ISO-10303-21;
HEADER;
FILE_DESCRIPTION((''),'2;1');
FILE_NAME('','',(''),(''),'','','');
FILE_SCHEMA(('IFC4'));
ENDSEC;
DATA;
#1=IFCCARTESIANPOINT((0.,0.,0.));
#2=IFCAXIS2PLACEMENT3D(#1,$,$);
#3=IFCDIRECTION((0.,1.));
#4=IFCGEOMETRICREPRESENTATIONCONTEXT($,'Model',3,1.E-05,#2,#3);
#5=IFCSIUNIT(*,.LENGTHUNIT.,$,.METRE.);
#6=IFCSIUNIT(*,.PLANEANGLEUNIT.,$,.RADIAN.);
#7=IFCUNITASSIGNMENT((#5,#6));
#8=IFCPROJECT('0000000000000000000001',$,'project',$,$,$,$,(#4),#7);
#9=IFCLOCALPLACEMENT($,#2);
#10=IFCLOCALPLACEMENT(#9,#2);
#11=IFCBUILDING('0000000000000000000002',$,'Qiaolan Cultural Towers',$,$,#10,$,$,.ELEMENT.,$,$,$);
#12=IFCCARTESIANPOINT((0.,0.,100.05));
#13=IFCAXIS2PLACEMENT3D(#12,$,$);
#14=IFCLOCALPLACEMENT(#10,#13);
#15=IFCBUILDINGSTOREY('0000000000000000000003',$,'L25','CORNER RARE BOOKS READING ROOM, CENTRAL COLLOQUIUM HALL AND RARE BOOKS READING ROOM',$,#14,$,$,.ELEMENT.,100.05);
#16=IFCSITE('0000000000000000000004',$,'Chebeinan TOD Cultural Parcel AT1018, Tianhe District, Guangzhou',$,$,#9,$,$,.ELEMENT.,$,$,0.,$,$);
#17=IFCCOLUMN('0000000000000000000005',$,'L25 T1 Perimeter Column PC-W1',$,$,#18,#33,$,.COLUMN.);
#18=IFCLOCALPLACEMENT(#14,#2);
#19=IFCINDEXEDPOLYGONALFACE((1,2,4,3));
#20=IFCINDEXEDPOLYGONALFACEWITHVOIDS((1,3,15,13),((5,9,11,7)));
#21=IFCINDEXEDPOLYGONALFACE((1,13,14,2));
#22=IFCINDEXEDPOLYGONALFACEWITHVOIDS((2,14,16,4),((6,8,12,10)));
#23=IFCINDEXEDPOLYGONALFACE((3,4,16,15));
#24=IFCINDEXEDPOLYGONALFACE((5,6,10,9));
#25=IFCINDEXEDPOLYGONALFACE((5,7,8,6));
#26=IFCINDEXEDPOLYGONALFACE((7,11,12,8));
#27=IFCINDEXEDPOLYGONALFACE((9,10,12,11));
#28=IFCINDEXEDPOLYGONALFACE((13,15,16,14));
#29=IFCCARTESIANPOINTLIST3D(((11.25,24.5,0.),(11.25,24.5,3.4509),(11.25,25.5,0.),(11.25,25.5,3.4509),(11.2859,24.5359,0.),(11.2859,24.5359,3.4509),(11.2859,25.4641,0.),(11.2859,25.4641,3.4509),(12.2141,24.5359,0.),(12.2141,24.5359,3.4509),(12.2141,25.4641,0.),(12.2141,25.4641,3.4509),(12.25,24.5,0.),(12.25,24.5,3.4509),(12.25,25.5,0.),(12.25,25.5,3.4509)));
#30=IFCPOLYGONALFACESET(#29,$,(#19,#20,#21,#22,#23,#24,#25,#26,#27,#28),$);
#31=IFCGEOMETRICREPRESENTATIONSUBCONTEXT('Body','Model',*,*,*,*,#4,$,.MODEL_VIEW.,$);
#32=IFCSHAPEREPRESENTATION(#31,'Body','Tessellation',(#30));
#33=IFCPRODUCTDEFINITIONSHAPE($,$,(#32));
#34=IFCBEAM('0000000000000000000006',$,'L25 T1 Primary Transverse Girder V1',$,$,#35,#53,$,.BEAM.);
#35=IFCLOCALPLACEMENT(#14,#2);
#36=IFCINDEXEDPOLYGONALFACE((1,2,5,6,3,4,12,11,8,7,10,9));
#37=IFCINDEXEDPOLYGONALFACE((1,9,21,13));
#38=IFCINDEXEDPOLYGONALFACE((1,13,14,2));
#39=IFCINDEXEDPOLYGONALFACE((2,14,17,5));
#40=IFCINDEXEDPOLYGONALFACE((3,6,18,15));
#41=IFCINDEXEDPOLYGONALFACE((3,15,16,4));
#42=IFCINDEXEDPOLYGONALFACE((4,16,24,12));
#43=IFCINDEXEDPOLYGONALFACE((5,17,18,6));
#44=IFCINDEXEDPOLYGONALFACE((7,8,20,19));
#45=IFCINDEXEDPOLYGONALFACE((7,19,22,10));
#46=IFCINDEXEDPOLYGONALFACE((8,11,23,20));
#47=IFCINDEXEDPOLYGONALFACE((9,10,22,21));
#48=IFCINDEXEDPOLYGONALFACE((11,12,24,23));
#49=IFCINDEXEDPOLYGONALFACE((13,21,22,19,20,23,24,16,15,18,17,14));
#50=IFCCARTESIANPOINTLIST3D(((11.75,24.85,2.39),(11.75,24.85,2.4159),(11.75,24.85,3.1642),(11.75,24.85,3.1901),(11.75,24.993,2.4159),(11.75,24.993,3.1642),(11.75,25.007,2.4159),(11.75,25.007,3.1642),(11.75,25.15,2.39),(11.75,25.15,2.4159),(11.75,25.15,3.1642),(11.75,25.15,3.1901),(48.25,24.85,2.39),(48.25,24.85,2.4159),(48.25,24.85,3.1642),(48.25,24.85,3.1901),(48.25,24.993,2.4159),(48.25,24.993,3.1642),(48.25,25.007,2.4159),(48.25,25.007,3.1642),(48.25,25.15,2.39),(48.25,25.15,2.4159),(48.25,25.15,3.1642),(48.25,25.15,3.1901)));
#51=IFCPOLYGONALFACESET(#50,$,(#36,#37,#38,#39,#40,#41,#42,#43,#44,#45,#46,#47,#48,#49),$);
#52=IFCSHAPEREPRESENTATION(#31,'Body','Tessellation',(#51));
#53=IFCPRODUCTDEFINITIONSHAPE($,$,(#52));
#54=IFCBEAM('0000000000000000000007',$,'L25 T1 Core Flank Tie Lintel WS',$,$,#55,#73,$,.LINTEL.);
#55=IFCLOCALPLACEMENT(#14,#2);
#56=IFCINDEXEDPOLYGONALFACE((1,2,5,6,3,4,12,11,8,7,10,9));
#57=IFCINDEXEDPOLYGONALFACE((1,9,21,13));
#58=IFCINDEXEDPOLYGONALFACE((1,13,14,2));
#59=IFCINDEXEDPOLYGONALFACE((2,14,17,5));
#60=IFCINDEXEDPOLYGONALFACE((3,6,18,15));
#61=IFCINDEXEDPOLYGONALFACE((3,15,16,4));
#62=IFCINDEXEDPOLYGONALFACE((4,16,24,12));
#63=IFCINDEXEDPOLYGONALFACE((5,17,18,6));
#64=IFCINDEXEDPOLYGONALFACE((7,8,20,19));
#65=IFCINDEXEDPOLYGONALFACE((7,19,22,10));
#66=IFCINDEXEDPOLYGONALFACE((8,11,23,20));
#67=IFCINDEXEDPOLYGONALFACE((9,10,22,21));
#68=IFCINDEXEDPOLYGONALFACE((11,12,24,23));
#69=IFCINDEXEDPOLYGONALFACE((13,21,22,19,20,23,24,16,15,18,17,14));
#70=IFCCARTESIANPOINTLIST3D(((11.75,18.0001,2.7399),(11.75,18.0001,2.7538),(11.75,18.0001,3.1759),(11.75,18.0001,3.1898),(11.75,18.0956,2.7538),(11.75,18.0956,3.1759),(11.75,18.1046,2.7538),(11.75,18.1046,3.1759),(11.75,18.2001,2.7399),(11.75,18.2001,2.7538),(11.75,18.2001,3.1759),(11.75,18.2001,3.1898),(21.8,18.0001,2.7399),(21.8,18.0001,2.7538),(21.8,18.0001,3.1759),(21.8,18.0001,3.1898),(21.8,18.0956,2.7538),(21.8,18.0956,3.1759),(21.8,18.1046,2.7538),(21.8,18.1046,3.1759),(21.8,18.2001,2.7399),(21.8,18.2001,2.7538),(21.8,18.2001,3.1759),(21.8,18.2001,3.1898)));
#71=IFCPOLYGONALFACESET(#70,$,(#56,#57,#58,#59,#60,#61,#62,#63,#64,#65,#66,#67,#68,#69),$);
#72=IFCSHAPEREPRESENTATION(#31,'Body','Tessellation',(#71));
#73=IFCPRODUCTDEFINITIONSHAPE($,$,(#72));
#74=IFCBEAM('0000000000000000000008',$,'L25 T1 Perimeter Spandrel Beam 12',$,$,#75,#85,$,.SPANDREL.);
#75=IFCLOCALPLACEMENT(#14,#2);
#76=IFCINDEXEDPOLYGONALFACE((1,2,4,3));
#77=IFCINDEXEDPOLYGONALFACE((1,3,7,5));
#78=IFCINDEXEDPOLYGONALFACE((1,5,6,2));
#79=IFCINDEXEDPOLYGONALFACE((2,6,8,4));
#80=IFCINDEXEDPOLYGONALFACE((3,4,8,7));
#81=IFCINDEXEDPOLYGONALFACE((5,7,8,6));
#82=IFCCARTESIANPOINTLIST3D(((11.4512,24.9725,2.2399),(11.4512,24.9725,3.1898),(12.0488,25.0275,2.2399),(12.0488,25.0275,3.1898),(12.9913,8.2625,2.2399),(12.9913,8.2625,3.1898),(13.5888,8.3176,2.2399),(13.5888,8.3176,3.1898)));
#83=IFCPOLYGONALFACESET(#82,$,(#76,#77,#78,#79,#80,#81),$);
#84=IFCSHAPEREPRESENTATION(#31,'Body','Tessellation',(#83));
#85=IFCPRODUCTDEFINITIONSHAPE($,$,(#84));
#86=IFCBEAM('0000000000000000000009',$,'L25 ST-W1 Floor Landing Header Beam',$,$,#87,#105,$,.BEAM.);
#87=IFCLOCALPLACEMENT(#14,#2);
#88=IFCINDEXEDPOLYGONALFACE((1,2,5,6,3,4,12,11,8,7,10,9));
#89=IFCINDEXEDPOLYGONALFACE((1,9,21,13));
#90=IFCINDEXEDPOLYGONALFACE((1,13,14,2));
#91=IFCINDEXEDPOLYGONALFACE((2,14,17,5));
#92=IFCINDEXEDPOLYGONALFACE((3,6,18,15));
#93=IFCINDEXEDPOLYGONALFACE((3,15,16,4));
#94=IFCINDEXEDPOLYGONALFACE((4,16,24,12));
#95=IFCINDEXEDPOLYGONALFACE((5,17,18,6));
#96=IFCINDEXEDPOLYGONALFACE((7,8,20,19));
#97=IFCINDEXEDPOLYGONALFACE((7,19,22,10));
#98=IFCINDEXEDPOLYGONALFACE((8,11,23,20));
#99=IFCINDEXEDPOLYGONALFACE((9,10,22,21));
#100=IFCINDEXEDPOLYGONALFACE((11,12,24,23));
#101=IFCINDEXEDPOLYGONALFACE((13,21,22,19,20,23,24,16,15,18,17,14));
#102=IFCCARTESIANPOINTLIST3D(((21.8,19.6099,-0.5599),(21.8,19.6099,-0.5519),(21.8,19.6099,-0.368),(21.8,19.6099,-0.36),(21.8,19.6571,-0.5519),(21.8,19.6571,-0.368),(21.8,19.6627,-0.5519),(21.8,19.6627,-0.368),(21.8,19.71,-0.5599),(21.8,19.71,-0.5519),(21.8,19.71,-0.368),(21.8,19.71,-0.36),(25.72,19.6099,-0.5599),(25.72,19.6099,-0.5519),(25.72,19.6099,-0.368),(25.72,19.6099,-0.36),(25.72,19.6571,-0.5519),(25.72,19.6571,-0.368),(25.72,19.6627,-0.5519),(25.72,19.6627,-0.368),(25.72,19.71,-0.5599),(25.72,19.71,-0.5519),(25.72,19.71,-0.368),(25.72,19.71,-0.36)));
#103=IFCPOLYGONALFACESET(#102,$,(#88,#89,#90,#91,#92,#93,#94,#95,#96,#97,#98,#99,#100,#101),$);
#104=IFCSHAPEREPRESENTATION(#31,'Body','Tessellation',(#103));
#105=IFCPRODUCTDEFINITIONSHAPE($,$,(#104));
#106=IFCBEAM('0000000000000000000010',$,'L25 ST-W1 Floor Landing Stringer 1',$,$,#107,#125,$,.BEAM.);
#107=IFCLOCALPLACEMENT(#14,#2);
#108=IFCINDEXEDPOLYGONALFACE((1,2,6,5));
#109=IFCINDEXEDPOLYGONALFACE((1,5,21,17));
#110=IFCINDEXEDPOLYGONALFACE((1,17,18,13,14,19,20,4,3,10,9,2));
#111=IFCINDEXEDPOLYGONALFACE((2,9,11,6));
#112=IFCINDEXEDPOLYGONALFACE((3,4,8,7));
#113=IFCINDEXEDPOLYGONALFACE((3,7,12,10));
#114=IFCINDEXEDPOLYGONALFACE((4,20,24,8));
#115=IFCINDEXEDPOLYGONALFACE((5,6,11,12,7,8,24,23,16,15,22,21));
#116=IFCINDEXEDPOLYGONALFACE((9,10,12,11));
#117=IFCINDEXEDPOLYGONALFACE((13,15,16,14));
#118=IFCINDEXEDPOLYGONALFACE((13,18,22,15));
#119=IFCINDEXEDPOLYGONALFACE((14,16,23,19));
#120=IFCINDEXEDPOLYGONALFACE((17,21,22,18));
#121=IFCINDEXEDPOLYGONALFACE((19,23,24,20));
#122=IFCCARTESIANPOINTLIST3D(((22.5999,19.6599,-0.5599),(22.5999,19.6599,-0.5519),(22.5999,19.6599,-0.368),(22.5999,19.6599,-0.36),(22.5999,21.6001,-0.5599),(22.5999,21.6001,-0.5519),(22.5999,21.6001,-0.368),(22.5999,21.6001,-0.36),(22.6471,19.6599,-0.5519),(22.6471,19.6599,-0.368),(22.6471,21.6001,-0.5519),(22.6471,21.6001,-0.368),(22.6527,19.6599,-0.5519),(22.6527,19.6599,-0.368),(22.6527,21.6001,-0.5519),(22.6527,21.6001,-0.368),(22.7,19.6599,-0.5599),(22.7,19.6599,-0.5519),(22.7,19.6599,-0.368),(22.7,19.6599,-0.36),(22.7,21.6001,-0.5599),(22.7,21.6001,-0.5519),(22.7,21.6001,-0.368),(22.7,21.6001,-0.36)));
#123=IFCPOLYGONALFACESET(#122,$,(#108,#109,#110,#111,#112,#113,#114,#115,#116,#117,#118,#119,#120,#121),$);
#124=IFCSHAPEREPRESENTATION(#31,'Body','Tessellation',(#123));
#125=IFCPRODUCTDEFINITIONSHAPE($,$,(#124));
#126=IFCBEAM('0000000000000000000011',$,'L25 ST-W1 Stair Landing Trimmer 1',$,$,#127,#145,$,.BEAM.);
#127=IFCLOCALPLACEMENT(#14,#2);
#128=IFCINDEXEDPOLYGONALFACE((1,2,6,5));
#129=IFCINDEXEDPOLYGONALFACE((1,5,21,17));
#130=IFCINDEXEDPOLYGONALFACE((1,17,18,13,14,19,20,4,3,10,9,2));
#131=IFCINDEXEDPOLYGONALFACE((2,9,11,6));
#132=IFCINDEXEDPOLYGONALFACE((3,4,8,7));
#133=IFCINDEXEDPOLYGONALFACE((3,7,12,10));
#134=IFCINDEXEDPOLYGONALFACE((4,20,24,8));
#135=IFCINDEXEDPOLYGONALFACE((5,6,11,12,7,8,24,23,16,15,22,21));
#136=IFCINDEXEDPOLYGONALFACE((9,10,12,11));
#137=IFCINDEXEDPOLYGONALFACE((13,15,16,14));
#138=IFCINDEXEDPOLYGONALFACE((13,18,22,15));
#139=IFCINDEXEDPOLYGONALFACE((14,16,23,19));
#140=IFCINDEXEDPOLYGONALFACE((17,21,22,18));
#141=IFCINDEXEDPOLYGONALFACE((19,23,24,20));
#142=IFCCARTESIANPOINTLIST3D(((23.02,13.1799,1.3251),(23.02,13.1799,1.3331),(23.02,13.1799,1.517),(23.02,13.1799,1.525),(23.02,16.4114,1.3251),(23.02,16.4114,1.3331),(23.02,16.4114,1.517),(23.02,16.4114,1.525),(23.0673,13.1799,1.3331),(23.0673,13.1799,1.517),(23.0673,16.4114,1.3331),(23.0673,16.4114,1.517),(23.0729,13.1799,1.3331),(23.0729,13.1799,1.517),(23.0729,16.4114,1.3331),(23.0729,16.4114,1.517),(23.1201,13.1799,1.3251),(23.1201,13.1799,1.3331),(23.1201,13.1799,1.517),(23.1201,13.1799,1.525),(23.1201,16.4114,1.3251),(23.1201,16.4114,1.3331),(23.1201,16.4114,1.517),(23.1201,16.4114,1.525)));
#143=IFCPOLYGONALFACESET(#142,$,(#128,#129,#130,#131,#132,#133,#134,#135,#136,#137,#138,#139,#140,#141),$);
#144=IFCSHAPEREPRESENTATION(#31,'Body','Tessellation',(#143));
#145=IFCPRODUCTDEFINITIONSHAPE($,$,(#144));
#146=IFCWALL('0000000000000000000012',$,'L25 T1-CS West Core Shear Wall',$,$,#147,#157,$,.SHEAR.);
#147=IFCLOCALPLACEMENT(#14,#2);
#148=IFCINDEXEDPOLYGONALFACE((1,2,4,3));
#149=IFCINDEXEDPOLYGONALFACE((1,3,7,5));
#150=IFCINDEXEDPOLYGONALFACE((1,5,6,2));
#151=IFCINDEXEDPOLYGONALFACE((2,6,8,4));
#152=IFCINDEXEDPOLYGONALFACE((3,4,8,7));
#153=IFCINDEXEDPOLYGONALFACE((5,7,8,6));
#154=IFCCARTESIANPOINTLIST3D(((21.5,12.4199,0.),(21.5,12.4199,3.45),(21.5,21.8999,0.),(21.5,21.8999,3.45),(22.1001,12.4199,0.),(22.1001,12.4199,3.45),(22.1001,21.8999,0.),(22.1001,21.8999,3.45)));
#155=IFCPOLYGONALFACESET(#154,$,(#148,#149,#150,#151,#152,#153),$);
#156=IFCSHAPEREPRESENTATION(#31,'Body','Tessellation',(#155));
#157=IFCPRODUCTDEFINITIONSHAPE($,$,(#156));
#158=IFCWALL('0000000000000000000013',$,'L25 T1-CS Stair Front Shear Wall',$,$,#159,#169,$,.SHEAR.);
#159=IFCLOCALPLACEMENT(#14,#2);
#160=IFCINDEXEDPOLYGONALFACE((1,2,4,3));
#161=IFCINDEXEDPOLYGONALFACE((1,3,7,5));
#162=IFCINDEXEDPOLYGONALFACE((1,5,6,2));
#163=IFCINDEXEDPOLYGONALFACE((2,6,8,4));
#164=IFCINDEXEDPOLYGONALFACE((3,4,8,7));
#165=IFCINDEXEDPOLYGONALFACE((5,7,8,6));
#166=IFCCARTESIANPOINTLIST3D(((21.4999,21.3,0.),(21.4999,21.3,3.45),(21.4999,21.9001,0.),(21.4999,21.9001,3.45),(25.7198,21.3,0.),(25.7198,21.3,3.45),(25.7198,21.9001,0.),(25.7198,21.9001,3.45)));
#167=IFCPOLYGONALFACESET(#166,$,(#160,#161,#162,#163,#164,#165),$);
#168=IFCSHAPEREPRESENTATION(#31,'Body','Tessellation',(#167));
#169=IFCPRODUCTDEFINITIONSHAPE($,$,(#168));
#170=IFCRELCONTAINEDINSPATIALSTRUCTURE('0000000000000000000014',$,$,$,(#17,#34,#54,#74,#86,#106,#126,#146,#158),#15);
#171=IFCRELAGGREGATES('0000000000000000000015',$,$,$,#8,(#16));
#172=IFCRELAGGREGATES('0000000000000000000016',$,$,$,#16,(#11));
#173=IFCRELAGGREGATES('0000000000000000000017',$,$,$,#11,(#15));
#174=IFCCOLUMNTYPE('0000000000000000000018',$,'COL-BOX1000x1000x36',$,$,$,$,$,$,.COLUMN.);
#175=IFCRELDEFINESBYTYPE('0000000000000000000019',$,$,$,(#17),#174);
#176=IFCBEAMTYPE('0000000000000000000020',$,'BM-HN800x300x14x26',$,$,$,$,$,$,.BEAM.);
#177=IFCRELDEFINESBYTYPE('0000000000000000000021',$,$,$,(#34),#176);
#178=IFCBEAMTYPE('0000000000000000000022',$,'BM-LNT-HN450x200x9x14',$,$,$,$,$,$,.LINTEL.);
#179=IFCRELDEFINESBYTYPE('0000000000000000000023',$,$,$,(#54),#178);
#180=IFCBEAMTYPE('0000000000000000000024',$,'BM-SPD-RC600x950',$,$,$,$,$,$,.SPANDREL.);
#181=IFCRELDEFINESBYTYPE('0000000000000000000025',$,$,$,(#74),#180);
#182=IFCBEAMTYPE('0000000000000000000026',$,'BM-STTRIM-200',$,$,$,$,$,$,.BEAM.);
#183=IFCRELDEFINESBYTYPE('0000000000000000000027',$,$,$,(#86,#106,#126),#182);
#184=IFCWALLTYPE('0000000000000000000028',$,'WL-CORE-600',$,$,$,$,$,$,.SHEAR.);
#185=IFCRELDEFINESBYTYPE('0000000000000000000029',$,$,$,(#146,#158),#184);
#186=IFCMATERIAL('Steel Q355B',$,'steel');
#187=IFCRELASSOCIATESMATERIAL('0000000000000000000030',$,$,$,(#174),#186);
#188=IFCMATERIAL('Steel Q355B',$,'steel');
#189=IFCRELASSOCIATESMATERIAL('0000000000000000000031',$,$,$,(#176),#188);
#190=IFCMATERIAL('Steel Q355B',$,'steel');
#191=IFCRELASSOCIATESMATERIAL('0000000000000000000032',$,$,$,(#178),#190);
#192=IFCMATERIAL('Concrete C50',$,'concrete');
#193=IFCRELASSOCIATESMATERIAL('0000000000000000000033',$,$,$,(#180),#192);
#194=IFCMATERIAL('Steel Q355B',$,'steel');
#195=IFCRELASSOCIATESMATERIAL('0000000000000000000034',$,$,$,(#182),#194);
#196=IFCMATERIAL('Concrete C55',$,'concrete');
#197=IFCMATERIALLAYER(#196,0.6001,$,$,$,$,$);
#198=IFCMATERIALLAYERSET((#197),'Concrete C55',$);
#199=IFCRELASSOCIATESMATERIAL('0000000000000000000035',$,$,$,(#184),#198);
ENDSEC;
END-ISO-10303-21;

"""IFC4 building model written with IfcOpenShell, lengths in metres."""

from ifc_helpers import new_model, si_unit, direction, frame, frame_2d, origin, origin_2d, place, context, subcontext, project, spatial, rectangle, hollow_rectangle, i_section, extrude, material, layer, layer_set, material_profile, profile_set, type_object, element, save


model = new_model("IFC4")

# Units and contexts
model_context = context("Model", 3, precision=1e-05, world=origin(), true_north=direction((0.0, 1.0)))
body_context = subcontext(model_context, "Body", "Model", "MODEL_VIEW")
ifc_project = project(units=[si_unit("LENGTHUNIT", "METRE"), si_unit("PLANEANGLEUNIT", "RADIAN")], contexts=[model_context])

# Site, building, storey
site_placement = place(None, origin())
site = spatial("IfcSite", under=ifc_project, at=site_placement, Name="Chebeinan TOD Cultural Parcel AT1018, Tianhe District, Guangzhou", CompositionType="ELEMENT", RefElevation=0.0)
building_placement = place(site_placement, origin())
building = spatial("IfcBuilding", under=site, at=building_placement, Name="Qiaolan Cultural Towers", CompositionType="ELEMENT")
storey_placement = place(building_placement, frame((0.0, 0.0, 100.05)))
storey = spatial("IfcBuildingStorey", under=building, at=storey_placement, Name="L25", Description="CORNER RARE BOOKS READING ROOM, CENTRAL COLLOQUIUM HALL AND RARE BOOKS READING ROOM", CompositionType="ELEMENT", Elevation=100.05)

# Column
ifc_material_1 = material(Name="Steel Q355B", Category="steel")
ifc_material_profile_1 = material_profile(ifc_material_1, hollow_rectangle(XDim=1.0, YDim=1.0, WallThickness=0.0359, at=origin_2d()), Name="BOX1000x1000x36")
ifc_profile_set_1 = profile_set([ifc_material_profile_1], Name="Steel Q355B")
column_type = type_object("IfcColumnType", Name="COL-BOX1000x1000x36", PredefinedType="COLUMN", material=ifc_profile_set_1)
column_placement = place(storey_placement, frame((11.75, 25.0, 0.0), z_axis=(0.0, 0.0, 1.0), x_axis=(1.0, 0.0, 0.0)))
element("IfcColumn", 1, at=column_placement, inside=storey, type_object=column_type, Name="L25 T1 Perimeter Column PC-W1", PredefinedType="COLUMN", context=body_context, shape_type="SweptSolid", body=[
    extrude(hollow_rectangle(XDim=1.0, YDim=1.0, WallThickness=0.0359, at=origin_2d()), origin(), (0.0, 0.0, 1.0), 3.4509),
])

# Beams
ifc_material_2 = material(Name="Steel Q355B", Category="steel")
ifc_material_profile_2 = material_profile(ifc_material_2, i_section(OverallWidth=0.3, OverallDepth=0.8, WebThickness=0.0139, FlangeThickness=0.0259, at=origin_2d()), Name="HN800x300x14x26")
ifc_profile_set_2 = profile_set([ifc_material_profile_2], Name="Steel Q355B")
beam_type_1 = type_object("IfcBeamType", Name="BM-HN800x300x14x26", PredefinedType="BEAM", material=ifc_profile_set_2)
beam_1_placement = place(storey_placement, frame((11.75, 25.0, 2.79), z_axis=(1.0, 0.0, 0.0), x_axis=(0.0, 1.0, 0.0)))
element("IfcBeam", 2, at=beam_1_placement, inside=storey, type_object=beam_type_1, Name="L25 T1 Primary Transverse Girder V1", PredefinedType="BEAM", context=body_context, shape_type="SweptSolid", body=[
    extrude(i_section(OverallWidth=0.3, OverallDepth=0.8, WebThickness=0.0139, FlangeThickness=0.0259, at=origin_2d()), origin(), (0.0, 0.0, 1.0), 36.5),
])
ifc_material_3 = material(Name="Steel Q355B", Category="steel")
ifc_material_profile_3 = material_profile(ifc_material_3, i_section(OverallWidth=0.2, OverallDepth=0.45, WebThickness=0.009, FlangeThickness=0.0139, at=origin_2d()), Name="HN450x200x9x14")
ifc_profile_set_3 = profile_set([ifc_material_profile_3], Name="Steel Q355B")
beam_type_2 = type_object("IfcBeamType", Name="BM-LNT-HN450x200x9x14", PredefinedType="LINTEL", material=ifc_profile_set_3)
beam_2_placement = place(storey_placement, frame((21.8, 18.1001, 2.9648), z_axis=(-1.0, 0.0, 0.0), x_axis=(0.0, -1.0, 0.0)))
element("IfcBeam", 3, at=beam_2_placement, inside=storey, type_object=beam_type_2, Name="L25 T1 Core Flank Tie Lintel WS", PredefinedType="LINTEL", context=body_context, shape_type="SweptSolid", body=[
    extrude(i_section(OverallWidth=0.2, OverallDepth=0.45, WebThickness=0.009, FlangeThickness=0.0139, at=origin_2d()), origin(), (0.0, 0.0, 1.0), 10.05),
])
ifc_material_4 = material(Name="Concrete C50", Category="concrete")
ifc_material_profile_4 = material_profile(ifc_material_4, rectangle(XDim=0.6001, YDim=0.95, at=origin_2d()), Name="RC600x950")
ifc_profile_set_4 = profile_set([ifc_material_profile_4], Name="Concrete C50")
beam_type_3 = type_object("IfcBeamType", Name="BM-SPD-RC600x950", PredefinedType="SPANDREL", material=ifc_profile_set_4)
beam_3_placement = place(storey_placement, frame((11.75, 25.0, 2.7148), z_axis=(0.091774, -0.99578, 0.0), x_axis=(0.99578, 0.091774, 0.0)))
element("IfcBeam", 4, at=beam_3_placement, inside=storey, type_object=beam_type_3, Name="L25 T1 Perimeter Spandrel Beam 12", PredefinedType="SPANDREL", context=body_context, shape_type="SweptSolid", body=[
    extrude(rectangle(XDim=0.6001, YDim=0.95, at=origin_2d()), origin(), (0.0, 0.0, 1.0), 16.7808),
])
ifc_material_5 = material(Name="Steel Q355B", Category="steel")
ifc_material_profile_5 = material_profile(ifc_material_5, i_section(OverallWidth=0.1001, OverallDepth=0.2, WebThickness=0.0056, FlangeThickness=0.0081, at=origin_2d()), Name="HN200x100x5.5x8")
ifc_profile_set_5 = profile_set([ifc_material_profile_5], Name="Steel Q355B")
beam_type_4 = type_object("IfcBeamType", Name="BM-STTRIM-200", PredefinedType="BEAM", material=ifc_profile_set_5)
beam_4_placement = place(storey_placement, frame((21.8, 19.6599, -0.46), z_axis=(1.0, 0.0, 0.0), x_axis=(0.0, 1.0, 0.0)))
element("IfcBeam", 5, at=beam_4_placement, inside=storey, type_object=beam_type_4, Name="L25 ST-W1 Floor Landing Header Beam", PredefinedType="BEAM", context=body_context, shape_type="SweptSolid", body=[
    extrude(i_section(OverallWidth=0.1001, OverallDepth=0.2, WebThickness=0.0056, FlangeThickness=0.0081, at=origin_2d()), origin(), (0.0, 0.0, 1.0), 3.9199),
])
beam_5_placement = place(storey_placement, frame((22.6499, 21.6001, -0.46), z_axis=(0.0, -1.0, 0.0), x_axis=(1.0, 0.0, 0.0)))
element("IfcBeam", 6, at=beam_5_placement, inside=storey, type_object=beam_type_4, Name="L25 ST-W1 Floor Landing Stringer 1", PredefinedType="BEAM", context=body_context, shape_type="SweptSolid", body=[
    extrude(i_section(OverallWidth=0.1001, OverallDepth=0.2, WebThickness=0.0056, FlangeThickness=0.0081, at=origin_2d()), origin(), (0.0, 0.0, 1.0), 1.9402),
])
beam_6_placement = place(storey_placement, frame((23.0701, 16.4114, 1.425), z_axis=(0.0, -1.0, 0.0), x_axis=(1.0, 0.0, 0.0)))
element("IfcBeam", 7, at=beam_6_placement, inside=storey, type_object=beam_type_4, Name="L25 ST-W1 Stair Landing Trimmer 1", PredefinedType="BEAM", context=body_context, shape_type="SweptSolid", body=[
    extrude(i_section(OverallWidth=0.1001, OverallDepth=0.2, WebThickness=0.0056, FlangeThickness=0.0081, at=origin_2d()), origin(), (0.0, 0.0, 1.0), 3.2314),
])

# Walls
ifc_material_6 = material(Name="Concrete C55", Category="concrete")
ifc_layer_1 = layer(ifc_material_6, 0.6001)
ifc_layer_set_1 = layer_set([ifc_layer_1], Name="Concrete C55")
wall_type_1 = type_object("IfcWallType", Name="WL-CORE-600", PredefinedType="SHEAR", material=ifc_layer_set_1)
wall_1_placement = place(storey_placement, frame((21.8, 21.8999, 0.0), z_axis=(0.0, 0.0, 1.0), x_axis=(0.0, -1.0, 0.0)))
element("IfcWall", 8, at=wall_1_placement, inside=storey, type_object=wall_type_1, Name="L25 T1-CS West Core Shear Wall", PredefinedType="SHEAR", context=body_context, shape_type="SweptSolid", body=[
    extrude(rectangle(XDim=9.48, YDim=0.6001, at=frame_2d((4.74, 0.0))), origin(), (0.0, 0.0, 1.0), 3.45),
])
wall_2_placement = place(storey_placement, frame((21.5, 21.6001, 0.0), z_axis=(0.0, 0.0, 1.0), x_axis=(1.0, 0.0, 0.0)))
element("IfcWall", 9, at=wall_2_placement, inside=storey, type_object=wall_type_1, Name="L25 T1-CS Stair Front Shear Wall", PredefinedType="SHEAR", context=body_context, shape_type="SweptSolid", body=[
    extrude(rectangle(XDim=4.22, YDim=0.6001, at=frame_2d((2.1099, 0.0))), origin(), (0.0, 0.0, 1.0), 3.45),
])

save(model, "model.ifc")
